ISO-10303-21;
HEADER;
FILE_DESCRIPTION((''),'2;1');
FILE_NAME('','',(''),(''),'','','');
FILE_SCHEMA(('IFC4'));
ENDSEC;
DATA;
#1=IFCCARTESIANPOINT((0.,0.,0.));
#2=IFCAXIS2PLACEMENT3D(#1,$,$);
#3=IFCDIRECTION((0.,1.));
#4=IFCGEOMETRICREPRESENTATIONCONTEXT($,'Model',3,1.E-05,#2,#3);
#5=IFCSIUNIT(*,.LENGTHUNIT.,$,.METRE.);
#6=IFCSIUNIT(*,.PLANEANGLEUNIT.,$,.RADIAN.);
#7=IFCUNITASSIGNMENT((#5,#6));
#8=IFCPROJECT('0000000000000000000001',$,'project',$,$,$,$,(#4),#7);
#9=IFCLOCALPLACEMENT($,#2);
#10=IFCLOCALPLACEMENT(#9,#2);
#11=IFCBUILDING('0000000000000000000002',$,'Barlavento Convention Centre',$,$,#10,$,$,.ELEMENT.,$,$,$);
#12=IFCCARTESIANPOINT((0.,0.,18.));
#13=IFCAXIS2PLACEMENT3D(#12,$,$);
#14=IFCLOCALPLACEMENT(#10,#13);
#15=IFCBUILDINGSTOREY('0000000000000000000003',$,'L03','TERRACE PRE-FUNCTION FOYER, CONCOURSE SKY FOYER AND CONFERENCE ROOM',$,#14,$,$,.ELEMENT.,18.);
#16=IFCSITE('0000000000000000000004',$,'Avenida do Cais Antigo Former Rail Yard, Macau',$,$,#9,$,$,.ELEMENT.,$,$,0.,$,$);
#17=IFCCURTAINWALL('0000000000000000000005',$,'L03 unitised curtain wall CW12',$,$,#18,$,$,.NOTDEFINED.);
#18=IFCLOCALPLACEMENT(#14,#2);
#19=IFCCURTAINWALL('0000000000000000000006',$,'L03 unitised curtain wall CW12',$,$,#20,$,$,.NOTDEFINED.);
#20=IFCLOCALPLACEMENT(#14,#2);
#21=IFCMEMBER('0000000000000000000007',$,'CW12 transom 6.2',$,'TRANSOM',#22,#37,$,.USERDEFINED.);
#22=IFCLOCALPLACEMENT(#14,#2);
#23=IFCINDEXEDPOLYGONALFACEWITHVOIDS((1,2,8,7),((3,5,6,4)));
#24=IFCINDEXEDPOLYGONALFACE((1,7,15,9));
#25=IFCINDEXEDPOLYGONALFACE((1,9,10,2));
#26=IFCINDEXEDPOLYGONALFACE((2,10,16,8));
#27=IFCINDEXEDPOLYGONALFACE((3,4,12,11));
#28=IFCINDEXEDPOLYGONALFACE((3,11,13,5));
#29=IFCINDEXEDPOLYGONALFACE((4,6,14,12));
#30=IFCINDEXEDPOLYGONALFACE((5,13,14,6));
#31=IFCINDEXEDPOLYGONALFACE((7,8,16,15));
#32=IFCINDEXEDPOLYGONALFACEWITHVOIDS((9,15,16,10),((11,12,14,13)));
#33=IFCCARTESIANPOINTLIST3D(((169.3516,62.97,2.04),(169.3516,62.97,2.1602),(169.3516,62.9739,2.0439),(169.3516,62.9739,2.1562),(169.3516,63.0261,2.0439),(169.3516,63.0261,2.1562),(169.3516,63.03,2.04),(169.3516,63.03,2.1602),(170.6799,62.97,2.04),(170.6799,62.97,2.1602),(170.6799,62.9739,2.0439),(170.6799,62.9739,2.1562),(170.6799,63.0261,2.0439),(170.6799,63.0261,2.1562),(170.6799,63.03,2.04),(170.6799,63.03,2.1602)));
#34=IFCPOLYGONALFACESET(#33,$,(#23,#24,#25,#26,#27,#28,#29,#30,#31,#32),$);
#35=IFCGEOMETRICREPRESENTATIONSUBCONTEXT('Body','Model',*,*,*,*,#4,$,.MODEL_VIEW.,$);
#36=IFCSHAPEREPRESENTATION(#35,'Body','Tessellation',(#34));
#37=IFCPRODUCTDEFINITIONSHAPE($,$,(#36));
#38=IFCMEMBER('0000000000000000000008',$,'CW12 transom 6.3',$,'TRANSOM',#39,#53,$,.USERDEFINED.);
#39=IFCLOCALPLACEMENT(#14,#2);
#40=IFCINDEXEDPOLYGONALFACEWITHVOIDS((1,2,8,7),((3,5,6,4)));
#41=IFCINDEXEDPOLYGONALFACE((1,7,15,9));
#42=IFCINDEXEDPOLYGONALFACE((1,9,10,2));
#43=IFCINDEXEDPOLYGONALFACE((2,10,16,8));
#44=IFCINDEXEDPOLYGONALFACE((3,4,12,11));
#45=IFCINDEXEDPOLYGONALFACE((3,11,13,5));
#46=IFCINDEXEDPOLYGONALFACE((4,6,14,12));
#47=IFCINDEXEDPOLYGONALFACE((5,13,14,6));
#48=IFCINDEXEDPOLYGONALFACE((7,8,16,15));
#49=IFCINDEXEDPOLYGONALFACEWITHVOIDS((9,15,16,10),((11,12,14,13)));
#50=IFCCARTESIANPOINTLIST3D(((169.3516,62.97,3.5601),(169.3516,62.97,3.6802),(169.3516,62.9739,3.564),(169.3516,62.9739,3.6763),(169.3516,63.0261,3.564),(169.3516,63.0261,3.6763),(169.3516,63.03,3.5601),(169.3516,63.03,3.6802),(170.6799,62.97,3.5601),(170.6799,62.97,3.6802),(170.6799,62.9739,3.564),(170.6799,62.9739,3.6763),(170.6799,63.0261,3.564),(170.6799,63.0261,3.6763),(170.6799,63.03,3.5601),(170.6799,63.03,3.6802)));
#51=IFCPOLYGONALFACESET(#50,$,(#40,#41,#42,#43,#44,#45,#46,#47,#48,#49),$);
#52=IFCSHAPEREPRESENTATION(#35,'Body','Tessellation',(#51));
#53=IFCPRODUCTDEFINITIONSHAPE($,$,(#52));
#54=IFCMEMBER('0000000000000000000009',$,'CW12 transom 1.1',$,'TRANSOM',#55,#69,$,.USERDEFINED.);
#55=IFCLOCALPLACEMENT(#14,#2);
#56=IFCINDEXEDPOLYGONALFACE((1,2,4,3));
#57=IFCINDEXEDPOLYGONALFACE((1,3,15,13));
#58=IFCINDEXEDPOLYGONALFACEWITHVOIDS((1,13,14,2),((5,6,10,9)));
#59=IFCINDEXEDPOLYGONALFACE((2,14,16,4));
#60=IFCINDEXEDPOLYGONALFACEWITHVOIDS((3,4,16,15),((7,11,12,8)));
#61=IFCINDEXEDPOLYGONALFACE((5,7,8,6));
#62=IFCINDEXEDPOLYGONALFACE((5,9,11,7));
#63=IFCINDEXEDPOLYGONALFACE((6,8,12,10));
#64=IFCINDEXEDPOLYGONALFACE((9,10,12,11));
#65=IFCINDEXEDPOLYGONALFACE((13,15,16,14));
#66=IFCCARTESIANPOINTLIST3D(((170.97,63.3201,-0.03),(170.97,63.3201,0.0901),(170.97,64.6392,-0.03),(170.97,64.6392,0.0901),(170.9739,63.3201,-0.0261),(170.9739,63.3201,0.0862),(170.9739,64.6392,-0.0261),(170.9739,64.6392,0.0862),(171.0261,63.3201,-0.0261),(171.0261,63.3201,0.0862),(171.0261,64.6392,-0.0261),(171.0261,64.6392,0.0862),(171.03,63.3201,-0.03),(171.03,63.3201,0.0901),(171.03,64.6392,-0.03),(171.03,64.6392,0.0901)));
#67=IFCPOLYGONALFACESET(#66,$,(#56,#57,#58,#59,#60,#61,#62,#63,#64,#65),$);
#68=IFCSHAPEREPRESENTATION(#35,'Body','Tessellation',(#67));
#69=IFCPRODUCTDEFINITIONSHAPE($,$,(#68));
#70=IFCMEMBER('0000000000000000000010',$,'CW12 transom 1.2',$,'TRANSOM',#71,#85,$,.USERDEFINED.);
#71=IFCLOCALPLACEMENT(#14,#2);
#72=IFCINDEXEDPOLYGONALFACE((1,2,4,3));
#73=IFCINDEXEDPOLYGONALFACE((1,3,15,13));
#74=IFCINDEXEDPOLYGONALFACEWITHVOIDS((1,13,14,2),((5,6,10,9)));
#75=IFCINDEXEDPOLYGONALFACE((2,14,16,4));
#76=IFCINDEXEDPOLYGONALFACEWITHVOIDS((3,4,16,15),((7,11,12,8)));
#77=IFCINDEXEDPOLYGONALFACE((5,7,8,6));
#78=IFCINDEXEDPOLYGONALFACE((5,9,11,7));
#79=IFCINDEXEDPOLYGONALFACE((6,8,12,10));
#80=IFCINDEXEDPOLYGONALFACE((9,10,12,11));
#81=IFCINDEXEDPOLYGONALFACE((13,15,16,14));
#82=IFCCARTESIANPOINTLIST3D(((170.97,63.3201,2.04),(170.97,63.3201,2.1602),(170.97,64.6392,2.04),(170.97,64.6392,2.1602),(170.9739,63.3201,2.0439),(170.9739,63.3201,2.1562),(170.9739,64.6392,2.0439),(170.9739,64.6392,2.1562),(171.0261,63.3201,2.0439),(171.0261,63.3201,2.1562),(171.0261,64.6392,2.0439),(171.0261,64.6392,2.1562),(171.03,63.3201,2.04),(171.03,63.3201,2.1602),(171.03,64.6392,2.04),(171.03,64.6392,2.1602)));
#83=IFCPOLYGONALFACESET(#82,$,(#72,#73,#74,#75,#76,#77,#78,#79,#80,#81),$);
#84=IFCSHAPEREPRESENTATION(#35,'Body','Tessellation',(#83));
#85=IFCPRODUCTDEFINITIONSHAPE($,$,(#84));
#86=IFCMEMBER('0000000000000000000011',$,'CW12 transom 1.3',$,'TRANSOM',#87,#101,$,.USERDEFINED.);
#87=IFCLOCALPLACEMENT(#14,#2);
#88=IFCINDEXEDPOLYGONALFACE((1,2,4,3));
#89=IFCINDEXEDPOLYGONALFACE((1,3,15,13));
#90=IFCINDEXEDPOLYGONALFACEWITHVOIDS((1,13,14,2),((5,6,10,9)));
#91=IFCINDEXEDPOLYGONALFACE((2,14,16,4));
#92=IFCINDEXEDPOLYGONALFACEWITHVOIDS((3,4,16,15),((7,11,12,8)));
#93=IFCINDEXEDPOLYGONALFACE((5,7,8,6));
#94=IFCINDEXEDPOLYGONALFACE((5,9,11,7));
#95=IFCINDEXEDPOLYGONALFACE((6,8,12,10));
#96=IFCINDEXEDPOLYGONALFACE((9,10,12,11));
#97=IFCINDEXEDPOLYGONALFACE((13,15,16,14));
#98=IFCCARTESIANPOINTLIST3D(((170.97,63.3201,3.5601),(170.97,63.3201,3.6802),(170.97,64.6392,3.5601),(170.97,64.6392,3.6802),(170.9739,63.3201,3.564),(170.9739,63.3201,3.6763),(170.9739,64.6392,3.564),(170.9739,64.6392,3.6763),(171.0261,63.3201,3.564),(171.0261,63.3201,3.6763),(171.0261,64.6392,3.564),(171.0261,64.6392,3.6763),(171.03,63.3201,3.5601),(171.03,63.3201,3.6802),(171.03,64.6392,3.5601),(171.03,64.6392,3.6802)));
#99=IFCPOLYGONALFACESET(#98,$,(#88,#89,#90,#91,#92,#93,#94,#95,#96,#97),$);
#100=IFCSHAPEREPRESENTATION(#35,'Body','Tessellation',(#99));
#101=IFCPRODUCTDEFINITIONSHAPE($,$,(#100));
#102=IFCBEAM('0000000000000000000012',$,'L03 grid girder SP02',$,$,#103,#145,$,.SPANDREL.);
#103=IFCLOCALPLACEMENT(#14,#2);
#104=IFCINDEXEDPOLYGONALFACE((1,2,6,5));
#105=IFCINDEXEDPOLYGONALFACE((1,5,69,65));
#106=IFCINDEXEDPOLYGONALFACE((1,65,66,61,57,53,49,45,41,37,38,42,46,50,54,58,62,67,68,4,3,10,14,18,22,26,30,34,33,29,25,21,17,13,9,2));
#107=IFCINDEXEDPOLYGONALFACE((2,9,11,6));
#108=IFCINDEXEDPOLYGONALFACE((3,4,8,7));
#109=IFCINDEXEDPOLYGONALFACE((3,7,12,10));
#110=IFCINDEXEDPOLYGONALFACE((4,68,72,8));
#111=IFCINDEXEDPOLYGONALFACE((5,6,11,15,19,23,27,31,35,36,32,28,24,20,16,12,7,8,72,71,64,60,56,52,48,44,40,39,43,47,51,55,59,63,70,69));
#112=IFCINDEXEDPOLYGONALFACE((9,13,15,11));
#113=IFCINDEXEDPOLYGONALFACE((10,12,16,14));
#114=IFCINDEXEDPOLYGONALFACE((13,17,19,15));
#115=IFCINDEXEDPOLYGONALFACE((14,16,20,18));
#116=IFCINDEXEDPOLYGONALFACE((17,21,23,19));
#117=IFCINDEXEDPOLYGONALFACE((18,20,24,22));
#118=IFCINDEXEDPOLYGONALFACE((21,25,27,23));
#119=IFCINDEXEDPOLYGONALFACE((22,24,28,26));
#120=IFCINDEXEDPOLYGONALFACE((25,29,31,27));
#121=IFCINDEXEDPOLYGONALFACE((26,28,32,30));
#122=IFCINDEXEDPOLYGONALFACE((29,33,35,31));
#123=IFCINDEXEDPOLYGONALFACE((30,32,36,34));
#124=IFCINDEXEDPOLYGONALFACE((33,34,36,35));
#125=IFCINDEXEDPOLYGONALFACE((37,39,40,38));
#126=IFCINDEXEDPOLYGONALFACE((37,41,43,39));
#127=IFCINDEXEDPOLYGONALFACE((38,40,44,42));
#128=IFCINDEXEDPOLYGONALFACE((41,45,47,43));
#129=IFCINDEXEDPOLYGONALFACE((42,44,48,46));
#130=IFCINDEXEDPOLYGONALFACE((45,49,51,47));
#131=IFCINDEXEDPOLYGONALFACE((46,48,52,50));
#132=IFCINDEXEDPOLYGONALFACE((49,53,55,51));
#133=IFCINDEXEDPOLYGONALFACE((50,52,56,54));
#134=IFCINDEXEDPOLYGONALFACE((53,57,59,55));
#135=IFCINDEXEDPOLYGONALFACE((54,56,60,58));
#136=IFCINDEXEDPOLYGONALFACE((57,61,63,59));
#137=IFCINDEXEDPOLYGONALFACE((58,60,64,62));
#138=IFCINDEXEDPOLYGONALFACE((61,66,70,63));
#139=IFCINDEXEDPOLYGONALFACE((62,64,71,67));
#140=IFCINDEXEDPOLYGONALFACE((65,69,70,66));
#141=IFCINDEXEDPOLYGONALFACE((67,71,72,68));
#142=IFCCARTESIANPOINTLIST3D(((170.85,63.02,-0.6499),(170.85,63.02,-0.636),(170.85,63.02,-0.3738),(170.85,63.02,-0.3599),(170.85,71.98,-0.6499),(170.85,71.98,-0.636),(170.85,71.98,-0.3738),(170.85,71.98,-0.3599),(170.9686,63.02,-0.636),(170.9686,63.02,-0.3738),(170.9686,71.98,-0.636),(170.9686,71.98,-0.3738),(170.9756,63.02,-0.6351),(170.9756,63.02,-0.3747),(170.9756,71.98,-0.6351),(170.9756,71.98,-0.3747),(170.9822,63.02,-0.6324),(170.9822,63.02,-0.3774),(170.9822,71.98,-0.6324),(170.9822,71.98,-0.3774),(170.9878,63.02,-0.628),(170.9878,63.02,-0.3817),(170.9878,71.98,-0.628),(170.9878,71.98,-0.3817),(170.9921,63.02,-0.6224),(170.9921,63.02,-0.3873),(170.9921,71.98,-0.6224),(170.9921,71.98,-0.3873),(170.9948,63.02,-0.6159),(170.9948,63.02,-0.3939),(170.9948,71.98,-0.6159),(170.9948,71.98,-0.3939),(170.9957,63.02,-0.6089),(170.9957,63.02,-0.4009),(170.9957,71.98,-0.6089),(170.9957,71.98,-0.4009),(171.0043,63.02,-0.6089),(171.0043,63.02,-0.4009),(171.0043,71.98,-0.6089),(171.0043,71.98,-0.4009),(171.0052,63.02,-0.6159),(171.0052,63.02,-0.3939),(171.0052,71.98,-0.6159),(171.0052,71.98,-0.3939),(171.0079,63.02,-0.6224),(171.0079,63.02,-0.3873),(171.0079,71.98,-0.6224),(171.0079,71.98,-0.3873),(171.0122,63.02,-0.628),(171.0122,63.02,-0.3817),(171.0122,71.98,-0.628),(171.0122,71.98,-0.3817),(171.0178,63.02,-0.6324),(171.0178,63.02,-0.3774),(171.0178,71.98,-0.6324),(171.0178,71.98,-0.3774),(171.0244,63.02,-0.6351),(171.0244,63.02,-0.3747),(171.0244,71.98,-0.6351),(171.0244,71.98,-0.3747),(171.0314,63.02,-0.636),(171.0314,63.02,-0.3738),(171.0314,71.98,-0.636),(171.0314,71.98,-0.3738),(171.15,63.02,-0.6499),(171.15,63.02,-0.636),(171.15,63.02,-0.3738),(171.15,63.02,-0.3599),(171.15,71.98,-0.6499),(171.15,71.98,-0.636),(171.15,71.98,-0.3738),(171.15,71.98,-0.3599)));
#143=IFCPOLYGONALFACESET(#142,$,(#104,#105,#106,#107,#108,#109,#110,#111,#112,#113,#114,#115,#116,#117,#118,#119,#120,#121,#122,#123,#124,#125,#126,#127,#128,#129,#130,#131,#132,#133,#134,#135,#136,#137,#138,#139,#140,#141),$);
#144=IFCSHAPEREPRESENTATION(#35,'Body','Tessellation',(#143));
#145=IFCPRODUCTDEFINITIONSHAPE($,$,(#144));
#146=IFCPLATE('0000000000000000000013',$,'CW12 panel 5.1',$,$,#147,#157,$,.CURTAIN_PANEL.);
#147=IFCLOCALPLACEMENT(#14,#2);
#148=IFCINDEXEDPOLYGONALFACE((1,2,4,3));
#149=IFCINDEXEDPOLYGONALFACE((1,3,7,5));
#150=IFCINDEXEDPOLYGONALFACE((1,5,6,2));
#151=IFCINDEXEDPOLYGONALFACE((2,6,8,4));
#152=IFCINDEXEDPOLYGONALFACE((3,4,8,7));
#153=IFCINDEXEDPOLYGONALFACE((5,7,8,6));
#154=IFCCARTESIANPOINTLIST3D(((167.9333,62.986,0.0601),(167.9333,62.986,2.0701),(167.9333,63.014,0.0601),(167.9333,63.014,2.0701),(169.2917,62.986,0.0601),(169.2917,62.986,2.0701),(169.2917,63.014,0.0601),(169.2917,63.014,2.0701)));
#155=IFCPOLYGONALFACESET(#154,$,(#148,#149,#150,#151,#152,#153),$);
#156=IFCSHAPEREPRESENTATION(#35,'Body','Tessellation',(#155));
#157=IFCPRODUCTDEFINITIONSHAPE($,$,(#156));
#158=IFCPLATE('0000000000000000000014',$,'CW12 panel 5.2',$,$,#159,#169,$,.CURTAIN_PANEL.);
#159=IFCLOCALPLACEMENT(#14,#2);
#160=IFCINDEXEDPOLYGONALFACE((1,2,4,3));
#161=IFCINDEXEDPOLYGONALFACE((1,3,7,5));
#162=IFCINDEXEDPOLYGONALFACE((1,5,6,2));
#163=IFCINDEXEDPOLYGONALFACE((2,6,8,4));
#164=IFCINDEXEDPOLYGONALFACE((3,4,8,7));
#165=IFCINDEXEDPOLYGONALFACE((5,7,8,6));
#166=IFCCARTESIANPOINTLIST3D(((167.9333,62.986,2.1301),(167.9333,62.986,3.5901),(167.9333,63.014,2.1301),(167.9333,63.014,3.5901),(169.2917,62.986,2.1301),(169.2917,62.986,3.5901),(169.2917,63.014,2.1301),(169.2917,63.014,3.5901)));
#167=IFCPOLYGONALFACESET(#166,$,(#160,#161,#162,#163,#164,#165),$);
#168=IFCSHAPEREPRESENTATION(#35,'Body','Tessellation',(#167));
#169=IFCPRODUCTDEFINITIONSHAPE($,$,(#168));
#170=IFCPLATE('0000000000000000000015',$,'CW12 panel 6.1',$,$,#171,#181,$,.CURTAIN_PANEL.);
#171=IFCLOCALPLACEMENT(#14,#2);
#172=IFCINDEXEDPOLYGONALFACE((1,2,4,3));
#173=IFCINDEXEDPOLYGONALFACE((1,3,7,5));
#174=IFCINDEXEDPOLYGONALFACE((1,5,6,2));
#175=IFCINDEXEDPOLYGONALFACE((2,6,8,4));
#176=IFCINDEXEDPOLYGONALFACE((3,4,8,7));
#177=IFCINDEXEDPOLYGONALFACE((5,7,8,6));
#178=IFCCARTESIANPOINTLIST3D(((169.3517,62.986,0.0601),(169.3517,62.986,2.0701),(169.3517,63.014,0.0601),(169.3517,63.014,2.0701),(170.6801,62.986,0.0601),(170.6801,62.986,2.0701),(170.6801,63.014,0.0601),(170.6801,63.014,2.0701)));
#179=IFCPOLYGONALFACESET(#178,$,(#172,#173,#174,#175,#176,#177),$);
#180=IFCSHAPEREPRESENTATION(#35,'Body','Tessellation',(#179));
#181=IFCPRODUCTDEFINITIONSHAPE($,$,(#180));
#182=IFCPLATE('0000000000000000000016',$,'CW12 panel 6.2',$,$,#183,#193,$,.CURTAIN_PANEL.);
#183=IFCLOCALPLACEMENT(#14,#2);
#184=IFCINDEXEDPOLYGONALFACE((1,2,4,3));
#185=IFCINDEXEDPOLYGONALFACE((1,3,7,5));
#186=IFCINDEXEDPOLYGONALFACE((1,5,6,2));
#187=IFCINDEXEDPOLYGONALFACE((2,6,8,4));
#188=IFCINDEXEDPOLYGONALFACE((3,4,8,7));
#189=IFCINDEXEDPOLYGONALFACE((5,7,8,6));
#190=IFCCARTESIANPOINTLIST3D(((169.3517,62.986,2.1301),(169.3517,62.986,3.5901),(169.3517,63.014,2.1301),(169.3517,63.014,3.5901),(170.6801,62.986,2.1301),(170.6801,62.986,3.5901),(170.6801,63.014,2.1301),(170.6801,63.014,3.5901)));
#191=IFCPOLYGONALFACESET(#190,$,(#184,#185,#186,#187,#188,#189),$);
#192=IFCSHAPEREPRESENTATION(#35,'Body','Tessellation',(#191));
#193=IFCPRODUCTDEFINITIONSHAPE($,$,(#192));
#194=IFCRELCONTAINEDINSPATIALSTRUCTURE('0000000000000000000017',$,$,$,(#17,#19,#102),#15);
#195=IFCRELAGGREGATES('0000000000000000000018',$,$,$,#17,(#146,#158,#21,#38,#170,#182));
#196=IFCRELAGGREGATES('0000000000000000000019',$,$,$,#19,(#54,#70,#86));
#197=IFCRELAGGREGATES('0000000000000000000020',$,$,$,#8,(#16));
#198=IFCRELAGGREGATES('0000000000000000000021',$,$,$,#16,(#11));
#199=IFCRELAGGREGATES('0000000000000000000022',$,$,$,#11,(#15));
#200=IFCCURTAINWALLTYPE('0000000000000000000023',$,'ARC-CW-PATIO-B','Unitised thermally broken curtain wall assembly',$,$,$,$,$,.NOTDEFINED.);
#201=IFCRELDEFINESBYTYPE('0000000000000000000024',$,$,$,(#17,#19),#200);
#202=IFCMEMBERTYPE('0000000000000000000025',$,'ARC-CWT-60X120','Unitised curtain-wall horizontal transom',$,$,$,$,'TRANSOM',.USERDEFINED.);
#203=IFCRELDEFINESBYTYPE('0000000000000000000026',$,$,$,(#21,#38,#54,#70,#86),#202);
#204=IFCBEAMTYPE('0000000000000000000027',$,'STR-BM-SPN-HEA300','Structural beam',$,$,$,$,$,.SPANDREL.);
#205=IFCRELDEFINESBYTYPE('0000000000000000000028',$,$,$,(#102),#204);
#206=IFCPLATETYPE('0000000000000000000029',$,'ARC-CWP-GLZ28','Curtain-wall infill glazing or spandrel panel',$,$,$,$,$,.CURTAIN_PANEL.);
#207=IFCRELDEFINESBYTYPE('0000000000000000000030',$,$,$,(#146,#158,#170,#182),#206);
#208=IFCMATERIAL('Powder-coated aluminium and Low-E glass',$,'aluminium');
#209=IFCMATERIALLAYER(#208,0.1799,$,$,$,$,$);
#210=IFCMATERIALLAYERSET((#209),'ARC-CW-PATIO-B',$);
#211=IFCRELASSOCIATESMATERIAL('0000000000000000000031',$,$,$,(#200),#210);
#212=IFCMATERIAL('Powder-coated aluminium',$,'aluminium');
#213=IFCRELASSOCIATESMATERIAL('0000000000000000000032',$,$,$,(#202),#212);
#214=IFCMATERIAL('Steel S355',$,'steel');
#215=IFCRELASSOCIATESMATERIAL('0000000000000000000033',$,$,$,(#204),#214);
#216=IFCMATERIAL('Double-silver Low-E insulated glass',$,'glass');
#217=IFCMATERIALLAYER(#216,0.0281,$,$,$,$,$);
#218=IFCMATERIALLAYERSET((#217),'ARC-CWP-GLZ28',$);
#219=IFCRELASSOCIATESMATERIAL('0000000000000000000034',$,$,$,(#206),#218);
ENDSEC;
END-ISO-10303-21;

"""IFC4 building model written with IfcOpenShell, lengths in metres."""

from ifc_helpers import new_model, si_unit, direction, frame, origin, origin_2d, place, context, subcontext, project, spatial, rectangle, hollow_rectangle, i_section, extrude, material, layer, layer_set, material_profile, profile_set, type_object, element, aggregate, save


model = new_model("IFC4")

# Units and contexts
model_context = context("Model", 3, precision=1e-05, world=origin(), true_north=direction((0.0, 1.0)))
body_context = subcontext(model_context, "Body", "Model", "MODEL_VIEW")
ifc_project = project(units=[si_unit("LENGTHUNIT", "METRE"), si_unit("PLANEANGLEUNIT", "RADIAN")], contexts=[model_context])

# Site, building, storey
site_placement = place(None, origin())
site = spatial("IfcSite", under=ifc_project, at=site_placement, Name="Avenida do Cais Antigo Former Rail Yard, Macau", CompositionType="ELEMENT", RefElevation=0.0)
building_placement = place(site_placement, origin())
building = spatial("IfcBuilding", under=site, at=building_placement, Name="Barlavento Convention Centre", CompositionType="ELEMENT")
storey_placement = place(building_placement, frame((0.0, 0.0, 18.0)))
storey = spatial("IfcBuildingStorey", under=building, at=storey_placement, Name="L03", Description="TERRACE PRE-FUNCTION FOYER, CONCOURSE SKY FOYER AND CONFERENCE ROOM", CompositionType="ELEMENT", Elevation=18.0)

# Shared definitions
ifc_material_1 = material(Name="Steel S355", Category="steel")

# Curtain wall
ifc_material_2 = material(Name="Powder-coated aluminium and Low-E glass", Category="aluminium")
ifc_layer_1 = layer(ifc_material_2, 0.1799)
ifc_layer_set_1 = layer_set([ifc_layer_1], Name="ARC-CW-PATIO-B")
curtain_wall_type = type_object("IfcCurtainWallType", Name="ARC-CW-PATIO-B", Description="Unitised thermally broken curtain wall assembly", PredefinedType="NOTDEFINED", material=ifc_layer_set_1)
curtain_wall_1_placement = place(storey_placement, origin())
curtain_wall_1 = element("IfcCurtainWall", 1, at=curtain_wall_1_placement, inside=storey, type_object=curtain_wall_type, Name="L03 unitised curtain wall CW12", PredefinedType="NOTDEFINED")
ifc_material_3 = material(Name="Powder-coated aluminium", Category="aluminium")

# Curtain wall
curtain_wall_2_placement = place(storey_placement, origin())
curtain_wall_2 = element("IfcCurtainWall", 2, at=curtain_wall_2_placement, inside=storey, type_object=curtain_wall_type, Name="L03 unitised curtain wall CW12", PredefinedType="NOTDEFINED")

# Members
ifc_material_profile_1 = material_profile(ifc_material_3, hollow_rectangle(XDim=0.0601, YDim=0.1201, WallThickness=0.0039, at=origin_2d()), Name="AL-TRAN 60x120x4")
ifc_profile_set_1 = profile_set([ifc_material_profile_1], Name="Powder-coated aluminium")
member_type_1 = type_object("IfcMemberType", Name="ARC-CWT-60X120", Description="Unitised curtain-wall horizontal transom", ElementType="TRANSOM", PredefinedType="USERDEFINED", material=ifc_profile_set_1)
member_1_placement = place(storey_placement, frame((169.3516, 63.0, 2.1001), z_axis=(1.0, 0.0, 0.0), x_axis=(0.0, 1.0, 0.0)))
member_1 = element("IfcMember", 3, at=member_1_placement, type_object=member_type_1, Name="CW12 transom 6.2", ObjectType="TRANSOM", PredefinedType="USERDEFINED", context=body_context, shape_type="SweptSolid", body=[
    extrude(hollow_rectangle(XDim=0.0601, YDim=0.1201, WallThickness=0.0039, at=origin_2d()), origin(), (0.0, 0.0, 1.0), 1.3284),
])
member_2_placement = place(storey_placement, frame((169.3516, 63.0, 3.6201), z_axis=(1.0, 0.0, 0.0), x_axis=(0.0, 1.0, 0.0)))
member_2 = element("IfcMember", 4, at=member_2_placement, type_object=member_type_1, Name="CW12 transom 6.3", ObjectType="TRANSOM", PredefinedType="USERDEFINED", context=body_context, shape_type="SweptSolid", body=[
    extrude(hollow_rectangle(XDim=0.0601, YDim=0.1201, WallThickness=0.0039, at=origin_2d()), origin(), (0.0, 0.0, 1.0), 1.3284),
])
member_3_placement = place(storey_placement, frame((171.0, 63.3201, 0.03), z_axis=(0.0, 1.0, 0.0), x_axis=(-1.0, 0.0, 0.0)))
member_3 = element("IfcMember", 5, at=member_3_placement, type_object=member_type_1, Name="CW12 transom 1.1", ObjectType="TRANSOM", PredefinedType="USERDEFINED", context=body_context, shape_type="SweptSolid", body=[
    extrude(hollow_rectangle(XDim=0.0601, YDim=0.1201, WallThickness=0.0039, at=origin_2d()), origin(), (0.0, 0.0, 1.0), 1.3191),
])
member_4_placement = place(storey_placement, frame((171.0, 63.3201, 2.1001), z_axis=(0.0, 1.0, 0.0), x_axis=(-1.0, 0.0, 0.0)))
member_4 = element("IfcMember", 6, at=member_4_placement, type_object=member_type_1, Name="CW12 transom 1.2", ObjectType="TRANSOM", PredefinedType="USERDEFINED", context=body_context, shape_type="SweptSolid", body=[
    extrude(hollow_rectangle(XDim=0.0601, YDim=0.1201, WallThickness=0.0039, at=origin_2d()), origin(), (0.0, 0.0, 1.0), 1.3191),
])
member_5_placement = place(storey_placement, frame((171.0, 63.3201, 3.6201), z_axis=(0.0, 1.0, 0.0), x_axis=(-1.0, 0.0, 0.0)))
member_5 = element("IfcMember", 7, at=member_5_placement, type_object=member_type_1, Name="CW12 transom 1.3", ObjectType="TRANSOM", PredefinedType="USERDEFINED", context=body_context, shape_type="SweptSolid", body=[
    extrude(hollow_rectangle(XDim=0.0601, YDim=0.1201, WallThickness=0.0039, at=origin_2d()), origin(), (0.0, 0.0, 1.0), 1.3191),
])

# Beam
ifc_material_profile_2 = material_profile(ifc_material_1, i_section(OverallWidth=0.3, OverallDepth=0.29, WebThickness=0.0085, FlangeThickness=0.0139, FilletRadius=0.0271, at=origin_2d()), Name="HEA 300")
ifc_profile_set_2 = profile_set([ifc_material_profile_2], Name="Steel S355")
beam_type = type_object("IfcBeamType", Name="STR-BM-SPN-HEA300", Description="Structural beam", PredefinedType="SPANDREL", material=ifc_profile_set_2)
beam_placement = place(storey_placement, frame((171.0, 63.02, -0.5049), z_axis=(0.0, 1.0, 0.0), x_axis=(-1.0, 0.0, 0.0)))
element("IfcBeam", 8, at=beam_placement, inside=storey, type_object=beam_type, Name="L03 grid girder SP02", PredefinedType="SPANDREL", context=body_context, shape_type="SweptSolid", body=[
    extrude(i_section(OverallWidth=0.3, OverallDepth=0.29, WebThickness=0.0085, FlangeThickness=0.0139, FilletRadius=0.0271, at=origin_2d()), origin(), (0.0, 0.0, 1.0), 8.96),
])

# Plates
ifc_material_4 = material(Name="Double-silver Low-E insulated glass", Category="glass")
ifc_layer_2 = layer(ifc_material_4, 0.0281)
ifc_layer_set_2 = layer_set([ifc_layer_2], Name="ARC-CWP-GLZ28")
plate_type = type_object("IfcPlateType", Name="ARC-CWP-GLZ28", Description="Curtain-wall infill glazing or spandrel panel", PredefinedType="CURTAIN_PANEL", material=ifc_layer_set_2)
plate_1_placement = place(storey_placement, frame((168.6125, 63.0, 0.0601), z_axis=(0.0, 0.0, 1.0), x_axis=(1.0, 0.0, 0.0)))
plate_1 = element("IfcPlate", 9, at=plate_1_placement, type_object=plate_type, Name="CW12 panel 5.1", PredefinedType="CURTAIN_PANEL", context=body_context, shape_type="SweptSolid", body=[
    extrude(rectangle(XDim=1.3584, YDim=0.0281, at=origin_2d()), origin(), (0.0, 0.0, 1.0), 2.01),
])
plate_2_placement = place(storey_placement, frame((168.6125, 63.0, 2.1301), z_axis=(0.0, 0.0, 1.0), x_axis=(1.0, 0.0, 0.0)))
plate_2 = element("IfcPlate", 10, at=plate_2_placement, type_object=plate_type, Name="CW12 panel 5.2", PredefinedType="CURTAIN_PANEL", context=body_context, shape_type="SweptSolid", body=[
    extrude(rectangle(XDim=1.3584, YDim=0.0281, at=origin_2d()), origin(), (0.0, 0.0, 1.0), 1.46),
])
plate_3_placement = place(storey_placement, frame((170.0159, 63.0, 0.0601), z_axis=(0.0, 0.0, 1.0), x_axis=(1.0, 0.0, 0.0)))
plate_3 = element("IfcPlate", 11, at=plate_3_placement, type_object=plate_type, Name="CW12 panel 6.1", PredefinedType="CURTAIN_PANEL", context=body_context, shape_type="SweptSolid", body=[
    extrude(rectangle(XDim=1.3284, YDim=0.0281, at=origin_2d()), origin(), (0.0, 0.0, 1.0), 2.01),
])
plate_4_placement = place(storey_placement, frame((170.0159, 63.0, 2.1301), z_axis=(0.0, 0.0, 1.0), x_axis=(1.0, 0.0, 0.0)))
plate_4 = element("IfcPlate", 12, at=plate_4_placement, type_object=plate_type, Name="CW12 panel 6.2", PredefinedType="CURTAIN_PANEL", context=body_context, shape_type="SweptSolid", body=[
    extrude(rectangle(XDim=1.3284, YDim=0.0281, at=origin_2d()), origin(), (0.0, 0.0, 1.0), 1.46),
])
aggregate(curtain_wall_1, [plate_1, plate_2, member_1, member_2, plate_3, plate_4])
aggregate(curtain_wall_2, [member_3, member_4, member_5])

save(model, "model.ifc")
